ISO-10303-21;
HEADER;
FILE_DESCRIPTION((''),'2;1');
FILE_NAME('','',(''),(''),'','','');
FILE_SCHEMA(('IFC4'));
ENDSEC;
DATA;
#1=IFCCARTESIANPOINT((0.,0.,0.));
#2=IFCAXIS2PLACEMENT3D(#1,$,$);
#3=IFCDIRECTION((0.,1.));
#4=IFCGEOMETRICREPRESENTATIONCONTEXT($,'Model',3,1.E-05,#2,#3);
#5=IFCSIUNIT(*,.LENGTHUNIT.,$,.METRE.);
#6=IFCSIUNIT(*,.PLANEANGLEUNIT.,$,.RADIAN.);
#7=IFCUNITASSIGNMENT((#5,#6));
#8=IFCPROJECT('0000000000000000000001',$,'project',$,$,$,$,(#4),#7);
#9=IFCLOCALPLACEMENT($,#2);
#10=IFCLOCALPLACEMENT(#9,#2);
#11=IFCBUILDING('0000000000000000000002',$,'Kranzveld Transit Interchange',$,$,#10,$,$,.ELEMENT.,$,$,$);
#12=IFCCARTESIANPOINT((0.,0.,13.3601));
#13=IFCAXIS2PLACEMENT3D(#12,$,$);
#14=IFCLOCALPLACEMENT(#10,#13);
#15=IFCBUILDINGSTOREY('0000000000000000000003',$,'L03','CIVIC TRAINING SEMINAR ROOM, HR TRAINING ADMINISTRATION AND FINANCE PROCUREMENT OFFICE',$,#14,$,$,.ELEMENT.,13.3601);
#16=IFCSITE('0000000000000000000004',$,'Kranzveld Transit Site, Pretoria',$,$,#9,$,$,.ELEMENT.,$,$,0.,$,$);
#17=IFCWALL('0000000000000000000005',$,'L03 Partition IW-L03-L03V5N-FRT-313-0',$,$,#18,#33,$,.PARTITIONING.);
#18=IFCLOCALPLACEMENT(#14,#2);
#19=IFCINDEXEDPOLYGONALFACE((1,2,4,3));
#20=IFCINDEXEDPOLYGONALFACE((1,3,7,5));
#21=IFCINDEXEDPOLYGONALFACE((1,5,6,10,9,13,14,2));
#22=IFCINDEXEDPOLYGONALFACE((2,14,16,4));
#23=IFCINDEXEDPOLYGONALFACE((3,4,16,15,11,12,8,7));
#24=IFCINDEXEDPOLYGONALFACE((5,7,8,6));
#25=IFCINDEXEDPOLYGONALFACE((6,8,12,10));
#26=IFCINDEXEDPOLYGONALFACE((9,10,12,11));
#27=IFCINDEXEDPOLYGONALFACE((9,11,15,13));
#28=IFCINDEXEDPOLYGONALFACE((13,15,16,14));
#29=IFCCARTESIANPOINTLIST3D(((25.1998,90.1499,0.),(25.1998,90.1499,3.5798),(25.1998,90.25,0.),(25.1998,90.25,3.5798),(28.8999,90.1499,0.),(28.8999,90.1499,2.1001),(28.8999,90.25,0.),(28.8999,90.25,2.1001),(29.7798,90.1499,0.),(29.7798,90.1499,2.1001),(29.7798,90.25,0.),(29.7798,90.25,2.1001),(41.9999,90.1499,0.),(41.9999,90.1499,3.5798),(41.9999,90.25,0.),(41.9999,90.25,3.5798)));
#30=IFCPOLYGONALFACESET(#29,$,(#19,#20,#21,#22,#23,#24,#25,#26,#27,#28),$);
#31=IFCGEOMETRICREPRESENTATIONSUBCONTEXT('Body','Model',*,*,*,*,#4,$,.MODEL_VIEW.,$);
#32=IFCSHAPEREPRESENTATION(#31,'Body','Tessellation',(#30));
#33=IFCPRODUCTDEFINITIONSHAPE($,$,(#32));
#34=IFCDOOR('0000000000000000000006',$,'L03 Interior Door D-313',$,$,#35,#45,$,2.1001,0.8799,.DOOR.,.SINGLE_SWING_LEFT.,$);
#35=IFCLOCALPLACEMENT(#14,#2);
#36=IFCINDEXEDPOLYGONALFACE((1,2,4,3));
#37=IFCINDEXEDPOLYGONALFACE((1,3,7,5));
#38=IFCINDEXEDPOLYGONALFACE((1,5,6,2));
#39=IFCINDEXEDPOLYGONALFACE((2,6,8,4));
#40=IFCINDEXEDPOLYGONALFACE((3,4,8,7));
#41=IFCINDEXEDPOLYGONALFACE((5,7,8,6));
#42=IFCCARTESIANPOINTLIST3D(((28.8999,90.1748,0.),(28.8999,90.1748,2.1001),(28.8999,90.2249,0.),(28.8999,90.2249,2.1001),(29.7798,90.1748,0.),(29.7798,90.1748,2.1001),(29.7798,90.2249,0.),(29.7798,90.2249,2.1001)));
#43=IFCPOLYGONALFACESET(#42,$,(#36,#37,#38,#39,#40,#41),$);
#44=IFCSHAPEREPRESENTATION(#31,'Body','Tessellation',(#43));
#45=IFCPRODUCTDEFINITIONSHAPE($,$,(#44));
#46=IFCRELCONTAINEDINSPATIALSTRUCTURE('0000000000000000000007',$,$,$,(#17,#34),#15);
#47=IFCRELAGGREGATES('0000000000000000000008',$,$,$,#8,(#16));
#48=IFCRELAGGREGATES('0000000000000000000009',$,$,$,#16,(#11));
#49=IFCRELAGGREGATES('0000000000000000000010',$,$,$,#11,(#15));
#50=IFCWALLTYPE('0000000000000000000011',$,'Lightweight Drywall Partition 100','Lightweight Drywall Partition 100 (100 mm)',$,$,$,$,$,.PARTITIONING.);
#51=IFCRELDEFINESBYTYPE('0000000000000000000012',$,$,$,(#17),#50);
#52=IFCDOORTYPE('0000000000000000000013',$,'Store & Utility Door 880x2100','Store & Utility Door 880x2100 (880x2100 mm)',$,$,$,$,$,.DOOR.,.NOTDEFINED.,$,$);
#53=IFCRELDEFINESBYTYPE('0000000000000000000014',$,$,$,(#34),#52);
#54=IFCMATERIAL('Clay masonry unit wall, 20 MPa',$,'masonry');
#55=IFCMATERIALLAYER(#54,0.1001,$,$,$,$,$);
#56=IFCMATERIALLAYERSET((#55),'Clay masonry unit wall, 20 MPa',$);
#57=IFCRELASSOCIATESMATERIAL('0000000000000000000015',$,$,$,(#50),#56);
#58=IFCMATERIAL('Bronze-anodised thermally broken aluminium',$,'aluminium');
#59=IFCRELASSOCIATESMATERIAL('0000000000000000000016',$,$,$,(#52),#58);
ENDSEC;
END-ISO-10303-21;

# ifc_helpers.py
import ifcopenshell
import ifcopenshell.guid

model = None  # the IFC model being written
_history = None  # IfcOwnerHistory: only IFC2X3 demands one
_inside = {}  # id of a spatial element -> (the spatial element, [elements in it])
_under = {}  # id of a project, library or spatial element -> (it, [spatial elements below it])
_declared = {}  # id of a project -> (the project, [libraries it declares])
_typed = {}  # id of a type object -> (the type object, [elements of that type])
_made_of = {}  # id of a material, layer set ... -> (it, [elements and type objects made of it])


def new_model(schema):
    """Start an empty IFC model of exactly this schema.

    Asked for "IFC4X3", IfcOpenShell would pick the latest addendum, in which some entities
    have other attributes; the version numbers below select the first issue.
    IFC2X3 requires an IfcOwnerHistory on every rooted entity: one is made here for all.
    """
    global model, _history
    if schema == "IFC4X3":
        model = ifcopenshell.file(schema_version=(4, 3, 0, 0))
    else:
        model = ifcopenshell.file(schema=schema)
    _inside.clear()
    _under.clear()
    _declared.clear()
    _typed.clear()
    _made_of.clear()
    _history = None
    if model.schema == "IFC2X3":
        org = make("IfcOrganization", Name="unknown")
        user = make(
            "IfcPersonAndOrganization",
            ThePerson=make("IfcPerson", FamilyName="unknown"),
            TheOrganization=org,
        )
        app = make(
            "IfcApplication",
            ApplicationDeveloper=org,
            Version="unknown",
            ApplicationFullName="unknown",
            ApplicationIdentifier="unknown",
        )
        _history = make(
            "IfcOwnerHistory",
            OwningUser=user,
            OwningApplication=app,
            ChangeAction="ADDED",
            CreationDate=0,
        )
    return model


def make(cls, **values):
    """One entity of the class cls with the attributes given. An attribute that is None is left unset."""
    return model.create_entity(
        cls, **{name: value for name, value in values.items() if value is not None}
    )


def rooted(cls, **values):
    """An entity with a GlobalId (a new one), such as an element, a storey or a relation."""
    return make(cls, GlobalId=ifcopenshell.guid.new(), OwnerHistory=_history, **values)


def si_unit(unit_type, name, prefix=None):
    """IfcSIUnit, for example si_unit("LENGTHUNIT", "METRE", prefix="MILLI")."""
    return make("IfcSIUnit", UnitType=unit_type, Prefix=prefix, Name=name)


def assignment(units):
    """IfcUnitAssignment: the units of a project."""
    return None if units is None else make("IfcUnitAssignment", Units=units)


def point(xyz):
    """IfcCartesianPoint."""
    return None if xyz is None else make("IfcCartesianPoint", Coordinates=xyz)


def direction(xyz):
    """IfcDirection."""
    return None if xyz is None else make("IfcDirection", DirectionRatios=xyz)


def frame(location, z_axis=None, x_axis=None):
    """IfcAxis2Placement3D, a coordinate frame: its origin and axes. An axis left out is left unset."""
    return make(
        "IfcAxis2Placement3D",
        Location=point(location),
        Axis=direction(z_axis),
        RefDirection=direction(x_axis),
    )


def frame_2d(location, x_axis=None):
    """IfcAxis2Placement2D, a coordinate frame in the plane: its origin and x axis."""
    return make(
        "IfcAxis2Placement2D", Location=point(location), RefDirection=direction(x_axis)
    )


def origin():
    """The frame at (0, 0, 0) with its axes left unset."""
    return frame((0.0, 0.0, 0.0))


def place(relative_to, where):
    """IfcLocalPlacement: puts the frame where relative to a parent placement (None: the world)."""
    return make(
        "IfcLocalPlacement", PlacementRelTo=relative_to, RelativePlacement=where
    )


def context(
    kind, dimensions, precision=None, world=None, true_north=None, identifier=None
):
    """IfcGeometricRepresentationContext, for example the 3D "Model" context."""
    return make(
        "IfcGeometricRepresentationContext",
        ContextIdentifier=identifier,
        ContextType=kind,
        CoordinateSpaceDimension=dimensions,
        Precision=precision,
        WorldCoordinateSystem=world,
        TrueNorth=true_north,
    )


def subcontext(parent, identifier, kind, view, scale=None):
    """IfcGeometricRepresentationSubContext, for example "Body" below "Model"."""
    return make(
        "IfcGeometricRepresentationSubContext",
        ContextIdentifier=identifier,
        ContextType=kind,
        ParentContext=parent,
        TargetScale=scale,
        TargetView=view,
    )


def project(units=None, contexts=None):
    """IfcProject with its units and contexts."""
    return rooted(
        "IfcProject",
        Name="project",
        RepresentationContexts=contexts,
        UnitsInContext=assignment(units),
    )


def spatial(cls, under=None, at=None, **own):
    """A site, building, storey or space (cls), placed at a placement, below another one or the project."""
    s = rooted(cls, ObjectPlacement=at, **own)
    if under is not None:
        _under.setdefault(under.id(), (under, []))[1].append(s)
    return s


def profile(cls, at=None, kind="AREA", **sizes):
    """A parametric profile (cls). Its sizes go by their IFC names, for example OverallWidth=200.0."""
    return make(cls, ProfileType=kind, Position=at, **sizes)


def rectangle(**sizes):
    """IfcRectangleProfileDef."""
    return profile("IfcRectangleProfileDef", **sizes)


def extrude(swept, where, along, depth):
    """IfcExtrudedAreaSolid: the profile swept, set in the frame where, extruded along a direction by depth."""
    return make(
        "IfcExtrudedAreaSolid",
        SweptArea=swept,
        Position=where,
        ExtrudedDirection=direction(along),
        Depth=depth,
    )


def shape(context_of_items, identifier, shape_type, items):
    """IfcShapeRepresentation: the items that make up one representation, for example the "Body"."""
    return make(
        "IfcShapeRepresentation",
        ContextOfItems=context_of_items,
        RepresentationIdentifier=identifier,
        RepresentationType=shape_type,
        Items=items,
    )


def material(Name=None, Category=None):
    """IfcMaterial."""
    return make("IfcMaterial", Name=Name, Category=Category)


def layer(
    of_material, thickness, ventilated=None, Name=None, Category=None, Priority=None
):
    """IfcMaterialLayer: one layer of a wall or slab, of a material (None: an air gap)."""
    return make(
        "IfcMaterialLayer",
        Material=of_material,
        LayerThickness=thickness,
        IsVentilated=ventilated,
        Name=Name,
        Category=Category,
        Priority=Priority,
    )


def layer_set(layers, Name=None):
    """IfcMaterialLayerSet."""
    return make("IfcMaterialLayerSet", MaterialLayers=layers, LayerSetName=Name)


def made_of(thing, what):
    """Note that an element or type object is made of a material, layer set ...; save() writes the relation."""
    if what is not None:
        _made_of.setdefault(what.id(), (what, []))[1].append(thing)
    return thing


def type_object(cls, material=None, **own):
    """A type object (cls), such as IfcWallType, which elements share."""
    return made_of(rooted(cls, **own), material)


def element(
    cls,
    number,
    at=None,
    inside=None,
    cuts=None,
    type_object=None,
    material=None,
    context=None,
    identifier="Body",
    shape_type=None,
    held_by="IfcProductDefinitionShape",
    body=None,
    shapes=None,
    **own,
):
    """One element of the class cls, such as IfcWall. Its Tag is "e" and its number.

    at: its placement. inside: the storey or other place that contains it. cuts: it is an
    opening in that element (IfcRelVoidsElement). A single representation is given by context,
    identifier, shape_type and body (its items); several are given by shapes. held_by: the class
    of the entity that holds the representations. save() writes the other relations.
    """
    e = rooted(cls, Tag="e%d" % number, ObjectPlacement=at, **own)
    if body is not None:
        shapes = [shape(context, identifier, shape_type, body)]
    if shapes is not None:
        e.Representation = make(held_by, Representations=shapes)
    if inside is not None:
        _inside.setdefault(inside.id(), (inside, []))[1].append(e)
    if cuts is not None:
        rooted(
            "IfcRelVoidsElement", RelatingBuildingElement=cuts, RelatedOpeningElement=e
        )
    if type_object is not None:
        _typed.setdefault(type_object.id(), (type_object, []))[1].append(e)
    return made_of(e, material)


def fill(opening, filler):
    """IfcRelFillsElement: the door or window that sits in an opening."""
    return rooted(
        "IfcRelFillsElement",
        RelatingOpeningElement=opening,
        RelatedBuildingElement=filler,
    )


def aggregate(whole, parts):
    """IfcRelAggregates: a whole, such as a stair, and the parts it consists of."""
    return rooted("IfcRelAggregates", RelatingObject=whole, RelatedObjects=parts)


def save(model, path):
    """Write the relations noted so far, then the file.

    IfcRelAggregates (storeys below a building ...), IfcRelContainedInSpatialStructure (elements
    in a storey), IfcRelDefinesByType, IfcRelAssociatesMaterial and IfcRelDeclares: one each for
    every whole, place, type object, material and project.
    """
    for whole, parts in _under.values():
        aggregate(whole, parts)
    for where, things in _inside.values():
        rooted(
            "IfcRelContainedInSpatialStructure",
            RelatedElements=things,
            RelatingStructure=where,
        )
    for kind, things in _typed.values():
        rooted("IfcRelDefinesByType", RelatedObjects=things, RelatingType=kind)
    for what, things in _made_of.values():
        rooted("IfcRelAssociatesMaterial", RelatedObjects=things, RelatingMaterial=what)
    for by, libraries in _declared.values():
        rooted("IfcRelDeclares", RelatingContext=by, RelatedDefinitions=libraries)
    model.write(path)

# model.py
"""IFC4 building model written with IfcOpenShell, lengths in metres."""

from ifc_helpers import new_model, si_unit, direction, frame, frame_2d, origin, place, context, subcontext, project, spatial, rectangle, extrude, material, layer, layer_set, type_object, element, fill, save


model = new_model("IFC4")

# Units and contexts
model_context = context("Model", 3, precision=1e-05, world=origin(), true_north=direction((0.0, 1.0)))
body_context = subcontext(model_context, "Body", "Model", "MODEL_VIEW")
ifc_project = project(units=[si_unit("LENGTHUNIT", "METRE"), si_unit("PLANEANGLEUNIT", "RADIAN")], contexts=[model_context])

# Site, building, storey
site_placement = place(None, origin())
site = spatial("IfcSite", under=ifc_project, at=site_placement, Name="Kranzveld Transit Site, Pretoria", CompositionType="ELEMENT", RefElevation=0.0)
building_placement = place(site_placement, origin())
building = spatial("IfcBuilding", under=site, at=building_placement, Name="Kranzveld Transit Interchange", CompositionType="ELEMENT")
storey_placement = place(building_placement, frame((0.0, 0.0, 13.3601)))
storey = spatial("IfcBuildingStorey", under=building, at=storey_placement, Name="L03", Description="CIVIC TRAINING SEMINAR ROOM, HR TRAINING ADMINISTRATION AND FINANCE PROCUREMENT OFFICE", CompositionType="ELEMENT", Elevation=13.3601)

# Wall, opening, door
ifc_material_1 = material(Name="Clay masonry unit wall, 20 MPa", Category="masonry")
ifc_layer_1 = layer(ifc_material_1, 0.1001)
ifc_layer_set_1 = layer_set([ifc_layer_1], Name="Clay masonry unit wall, 20 MPa")
wall_type_1 = type_object("IfcWallType", Name="Lightweight Drywall Partition 100", Description="Lightweight Drywall Partition 100 (100 mm)", PredefinedType="PARTITIONING", material=ifc_layer_set_1)
wall_1_placement = place(storey_placement, frame((25.2, 90.2, 0.0), z_axis=(0.0, 0.0, 1.0), x_axis=(1.0, 0.0, 0.0)))
wall_1 = element("IfcWall", 1, at=wall_1_placement, inside=storey, type_object=wall_type_1, Name="L03 Partition IW-L03-L03V5N-FRT-313-0", PredefinedType="PARTITIONING", context=body_context, shape_type="SweptSolid", body=[
    extrude(rectangle(XDim=16.8, YDim=0.1001, at=frame_2d((8.3999, 0.0))), origin(), (0.0, 0.0, 1.0), 3.5798),
])
opening_placement = place(wall_1_placement, frame((3.7, 0.0, 0.0), z_axis=(0.0, 0.0, 1.0), x_axis=(1.0, 0.0, 0.0)))
opening = element("IfcOpeningElement", 2, at=opening_placement, cuts=wall_1, PredefinedType="OPENING", context=body_context, shape_type="SweptSolid", body=[
    extrude(rectangle(XDim=0.8799, YDim=2.1001, at=frame_2d((0.4399, 1.05))), frame((0.0, 0.0601, 0.0), z_axis=(0.0, -1.0, 0.0), x_axis=(1.0, 0.0, 0.0)), (0.0, 0.0, 1.0), 0.1201),
])
ifc_material_2 = material(Name="Bronze-anodised thermally broken aluminium", Category="aluminium")
door_type = type_object("IfcDoorType", Name="Store & Utility Door 880x2100", Description="Store & Utility Door 880x2100 (880x2100 mm)", OperationType="NOTDEFINED", PredefinedType="DOOR", material=ifc_material_2)
door_placement = place(opening_placement, origin())
door = element("IfcDoor", 3, at=door_placement, inside=storey, type_object=door_type, Name="L03 Interior Door D-313", OperationType="SINGLE_SWING_LEFT", OverallHeight=2.1001, OverallWidth=0.8799, PredefinedType="DOOR", context=body_context, shape_type="SweptSolid", body=[
    extrude(rectangle(XDim=0.8799, YDim=2.1001, at=frame_2d((0.4399, 1.05))), frame((0.0, 0.0249, 0.0), z_axis=(0.0, -1.0, 0.0), x_axis=(1.0, 0.0, 0.0)), (0.0, 0.0, 1.0), 0.05),
])
fill(opening, door)

save(model, "model.ifc")
